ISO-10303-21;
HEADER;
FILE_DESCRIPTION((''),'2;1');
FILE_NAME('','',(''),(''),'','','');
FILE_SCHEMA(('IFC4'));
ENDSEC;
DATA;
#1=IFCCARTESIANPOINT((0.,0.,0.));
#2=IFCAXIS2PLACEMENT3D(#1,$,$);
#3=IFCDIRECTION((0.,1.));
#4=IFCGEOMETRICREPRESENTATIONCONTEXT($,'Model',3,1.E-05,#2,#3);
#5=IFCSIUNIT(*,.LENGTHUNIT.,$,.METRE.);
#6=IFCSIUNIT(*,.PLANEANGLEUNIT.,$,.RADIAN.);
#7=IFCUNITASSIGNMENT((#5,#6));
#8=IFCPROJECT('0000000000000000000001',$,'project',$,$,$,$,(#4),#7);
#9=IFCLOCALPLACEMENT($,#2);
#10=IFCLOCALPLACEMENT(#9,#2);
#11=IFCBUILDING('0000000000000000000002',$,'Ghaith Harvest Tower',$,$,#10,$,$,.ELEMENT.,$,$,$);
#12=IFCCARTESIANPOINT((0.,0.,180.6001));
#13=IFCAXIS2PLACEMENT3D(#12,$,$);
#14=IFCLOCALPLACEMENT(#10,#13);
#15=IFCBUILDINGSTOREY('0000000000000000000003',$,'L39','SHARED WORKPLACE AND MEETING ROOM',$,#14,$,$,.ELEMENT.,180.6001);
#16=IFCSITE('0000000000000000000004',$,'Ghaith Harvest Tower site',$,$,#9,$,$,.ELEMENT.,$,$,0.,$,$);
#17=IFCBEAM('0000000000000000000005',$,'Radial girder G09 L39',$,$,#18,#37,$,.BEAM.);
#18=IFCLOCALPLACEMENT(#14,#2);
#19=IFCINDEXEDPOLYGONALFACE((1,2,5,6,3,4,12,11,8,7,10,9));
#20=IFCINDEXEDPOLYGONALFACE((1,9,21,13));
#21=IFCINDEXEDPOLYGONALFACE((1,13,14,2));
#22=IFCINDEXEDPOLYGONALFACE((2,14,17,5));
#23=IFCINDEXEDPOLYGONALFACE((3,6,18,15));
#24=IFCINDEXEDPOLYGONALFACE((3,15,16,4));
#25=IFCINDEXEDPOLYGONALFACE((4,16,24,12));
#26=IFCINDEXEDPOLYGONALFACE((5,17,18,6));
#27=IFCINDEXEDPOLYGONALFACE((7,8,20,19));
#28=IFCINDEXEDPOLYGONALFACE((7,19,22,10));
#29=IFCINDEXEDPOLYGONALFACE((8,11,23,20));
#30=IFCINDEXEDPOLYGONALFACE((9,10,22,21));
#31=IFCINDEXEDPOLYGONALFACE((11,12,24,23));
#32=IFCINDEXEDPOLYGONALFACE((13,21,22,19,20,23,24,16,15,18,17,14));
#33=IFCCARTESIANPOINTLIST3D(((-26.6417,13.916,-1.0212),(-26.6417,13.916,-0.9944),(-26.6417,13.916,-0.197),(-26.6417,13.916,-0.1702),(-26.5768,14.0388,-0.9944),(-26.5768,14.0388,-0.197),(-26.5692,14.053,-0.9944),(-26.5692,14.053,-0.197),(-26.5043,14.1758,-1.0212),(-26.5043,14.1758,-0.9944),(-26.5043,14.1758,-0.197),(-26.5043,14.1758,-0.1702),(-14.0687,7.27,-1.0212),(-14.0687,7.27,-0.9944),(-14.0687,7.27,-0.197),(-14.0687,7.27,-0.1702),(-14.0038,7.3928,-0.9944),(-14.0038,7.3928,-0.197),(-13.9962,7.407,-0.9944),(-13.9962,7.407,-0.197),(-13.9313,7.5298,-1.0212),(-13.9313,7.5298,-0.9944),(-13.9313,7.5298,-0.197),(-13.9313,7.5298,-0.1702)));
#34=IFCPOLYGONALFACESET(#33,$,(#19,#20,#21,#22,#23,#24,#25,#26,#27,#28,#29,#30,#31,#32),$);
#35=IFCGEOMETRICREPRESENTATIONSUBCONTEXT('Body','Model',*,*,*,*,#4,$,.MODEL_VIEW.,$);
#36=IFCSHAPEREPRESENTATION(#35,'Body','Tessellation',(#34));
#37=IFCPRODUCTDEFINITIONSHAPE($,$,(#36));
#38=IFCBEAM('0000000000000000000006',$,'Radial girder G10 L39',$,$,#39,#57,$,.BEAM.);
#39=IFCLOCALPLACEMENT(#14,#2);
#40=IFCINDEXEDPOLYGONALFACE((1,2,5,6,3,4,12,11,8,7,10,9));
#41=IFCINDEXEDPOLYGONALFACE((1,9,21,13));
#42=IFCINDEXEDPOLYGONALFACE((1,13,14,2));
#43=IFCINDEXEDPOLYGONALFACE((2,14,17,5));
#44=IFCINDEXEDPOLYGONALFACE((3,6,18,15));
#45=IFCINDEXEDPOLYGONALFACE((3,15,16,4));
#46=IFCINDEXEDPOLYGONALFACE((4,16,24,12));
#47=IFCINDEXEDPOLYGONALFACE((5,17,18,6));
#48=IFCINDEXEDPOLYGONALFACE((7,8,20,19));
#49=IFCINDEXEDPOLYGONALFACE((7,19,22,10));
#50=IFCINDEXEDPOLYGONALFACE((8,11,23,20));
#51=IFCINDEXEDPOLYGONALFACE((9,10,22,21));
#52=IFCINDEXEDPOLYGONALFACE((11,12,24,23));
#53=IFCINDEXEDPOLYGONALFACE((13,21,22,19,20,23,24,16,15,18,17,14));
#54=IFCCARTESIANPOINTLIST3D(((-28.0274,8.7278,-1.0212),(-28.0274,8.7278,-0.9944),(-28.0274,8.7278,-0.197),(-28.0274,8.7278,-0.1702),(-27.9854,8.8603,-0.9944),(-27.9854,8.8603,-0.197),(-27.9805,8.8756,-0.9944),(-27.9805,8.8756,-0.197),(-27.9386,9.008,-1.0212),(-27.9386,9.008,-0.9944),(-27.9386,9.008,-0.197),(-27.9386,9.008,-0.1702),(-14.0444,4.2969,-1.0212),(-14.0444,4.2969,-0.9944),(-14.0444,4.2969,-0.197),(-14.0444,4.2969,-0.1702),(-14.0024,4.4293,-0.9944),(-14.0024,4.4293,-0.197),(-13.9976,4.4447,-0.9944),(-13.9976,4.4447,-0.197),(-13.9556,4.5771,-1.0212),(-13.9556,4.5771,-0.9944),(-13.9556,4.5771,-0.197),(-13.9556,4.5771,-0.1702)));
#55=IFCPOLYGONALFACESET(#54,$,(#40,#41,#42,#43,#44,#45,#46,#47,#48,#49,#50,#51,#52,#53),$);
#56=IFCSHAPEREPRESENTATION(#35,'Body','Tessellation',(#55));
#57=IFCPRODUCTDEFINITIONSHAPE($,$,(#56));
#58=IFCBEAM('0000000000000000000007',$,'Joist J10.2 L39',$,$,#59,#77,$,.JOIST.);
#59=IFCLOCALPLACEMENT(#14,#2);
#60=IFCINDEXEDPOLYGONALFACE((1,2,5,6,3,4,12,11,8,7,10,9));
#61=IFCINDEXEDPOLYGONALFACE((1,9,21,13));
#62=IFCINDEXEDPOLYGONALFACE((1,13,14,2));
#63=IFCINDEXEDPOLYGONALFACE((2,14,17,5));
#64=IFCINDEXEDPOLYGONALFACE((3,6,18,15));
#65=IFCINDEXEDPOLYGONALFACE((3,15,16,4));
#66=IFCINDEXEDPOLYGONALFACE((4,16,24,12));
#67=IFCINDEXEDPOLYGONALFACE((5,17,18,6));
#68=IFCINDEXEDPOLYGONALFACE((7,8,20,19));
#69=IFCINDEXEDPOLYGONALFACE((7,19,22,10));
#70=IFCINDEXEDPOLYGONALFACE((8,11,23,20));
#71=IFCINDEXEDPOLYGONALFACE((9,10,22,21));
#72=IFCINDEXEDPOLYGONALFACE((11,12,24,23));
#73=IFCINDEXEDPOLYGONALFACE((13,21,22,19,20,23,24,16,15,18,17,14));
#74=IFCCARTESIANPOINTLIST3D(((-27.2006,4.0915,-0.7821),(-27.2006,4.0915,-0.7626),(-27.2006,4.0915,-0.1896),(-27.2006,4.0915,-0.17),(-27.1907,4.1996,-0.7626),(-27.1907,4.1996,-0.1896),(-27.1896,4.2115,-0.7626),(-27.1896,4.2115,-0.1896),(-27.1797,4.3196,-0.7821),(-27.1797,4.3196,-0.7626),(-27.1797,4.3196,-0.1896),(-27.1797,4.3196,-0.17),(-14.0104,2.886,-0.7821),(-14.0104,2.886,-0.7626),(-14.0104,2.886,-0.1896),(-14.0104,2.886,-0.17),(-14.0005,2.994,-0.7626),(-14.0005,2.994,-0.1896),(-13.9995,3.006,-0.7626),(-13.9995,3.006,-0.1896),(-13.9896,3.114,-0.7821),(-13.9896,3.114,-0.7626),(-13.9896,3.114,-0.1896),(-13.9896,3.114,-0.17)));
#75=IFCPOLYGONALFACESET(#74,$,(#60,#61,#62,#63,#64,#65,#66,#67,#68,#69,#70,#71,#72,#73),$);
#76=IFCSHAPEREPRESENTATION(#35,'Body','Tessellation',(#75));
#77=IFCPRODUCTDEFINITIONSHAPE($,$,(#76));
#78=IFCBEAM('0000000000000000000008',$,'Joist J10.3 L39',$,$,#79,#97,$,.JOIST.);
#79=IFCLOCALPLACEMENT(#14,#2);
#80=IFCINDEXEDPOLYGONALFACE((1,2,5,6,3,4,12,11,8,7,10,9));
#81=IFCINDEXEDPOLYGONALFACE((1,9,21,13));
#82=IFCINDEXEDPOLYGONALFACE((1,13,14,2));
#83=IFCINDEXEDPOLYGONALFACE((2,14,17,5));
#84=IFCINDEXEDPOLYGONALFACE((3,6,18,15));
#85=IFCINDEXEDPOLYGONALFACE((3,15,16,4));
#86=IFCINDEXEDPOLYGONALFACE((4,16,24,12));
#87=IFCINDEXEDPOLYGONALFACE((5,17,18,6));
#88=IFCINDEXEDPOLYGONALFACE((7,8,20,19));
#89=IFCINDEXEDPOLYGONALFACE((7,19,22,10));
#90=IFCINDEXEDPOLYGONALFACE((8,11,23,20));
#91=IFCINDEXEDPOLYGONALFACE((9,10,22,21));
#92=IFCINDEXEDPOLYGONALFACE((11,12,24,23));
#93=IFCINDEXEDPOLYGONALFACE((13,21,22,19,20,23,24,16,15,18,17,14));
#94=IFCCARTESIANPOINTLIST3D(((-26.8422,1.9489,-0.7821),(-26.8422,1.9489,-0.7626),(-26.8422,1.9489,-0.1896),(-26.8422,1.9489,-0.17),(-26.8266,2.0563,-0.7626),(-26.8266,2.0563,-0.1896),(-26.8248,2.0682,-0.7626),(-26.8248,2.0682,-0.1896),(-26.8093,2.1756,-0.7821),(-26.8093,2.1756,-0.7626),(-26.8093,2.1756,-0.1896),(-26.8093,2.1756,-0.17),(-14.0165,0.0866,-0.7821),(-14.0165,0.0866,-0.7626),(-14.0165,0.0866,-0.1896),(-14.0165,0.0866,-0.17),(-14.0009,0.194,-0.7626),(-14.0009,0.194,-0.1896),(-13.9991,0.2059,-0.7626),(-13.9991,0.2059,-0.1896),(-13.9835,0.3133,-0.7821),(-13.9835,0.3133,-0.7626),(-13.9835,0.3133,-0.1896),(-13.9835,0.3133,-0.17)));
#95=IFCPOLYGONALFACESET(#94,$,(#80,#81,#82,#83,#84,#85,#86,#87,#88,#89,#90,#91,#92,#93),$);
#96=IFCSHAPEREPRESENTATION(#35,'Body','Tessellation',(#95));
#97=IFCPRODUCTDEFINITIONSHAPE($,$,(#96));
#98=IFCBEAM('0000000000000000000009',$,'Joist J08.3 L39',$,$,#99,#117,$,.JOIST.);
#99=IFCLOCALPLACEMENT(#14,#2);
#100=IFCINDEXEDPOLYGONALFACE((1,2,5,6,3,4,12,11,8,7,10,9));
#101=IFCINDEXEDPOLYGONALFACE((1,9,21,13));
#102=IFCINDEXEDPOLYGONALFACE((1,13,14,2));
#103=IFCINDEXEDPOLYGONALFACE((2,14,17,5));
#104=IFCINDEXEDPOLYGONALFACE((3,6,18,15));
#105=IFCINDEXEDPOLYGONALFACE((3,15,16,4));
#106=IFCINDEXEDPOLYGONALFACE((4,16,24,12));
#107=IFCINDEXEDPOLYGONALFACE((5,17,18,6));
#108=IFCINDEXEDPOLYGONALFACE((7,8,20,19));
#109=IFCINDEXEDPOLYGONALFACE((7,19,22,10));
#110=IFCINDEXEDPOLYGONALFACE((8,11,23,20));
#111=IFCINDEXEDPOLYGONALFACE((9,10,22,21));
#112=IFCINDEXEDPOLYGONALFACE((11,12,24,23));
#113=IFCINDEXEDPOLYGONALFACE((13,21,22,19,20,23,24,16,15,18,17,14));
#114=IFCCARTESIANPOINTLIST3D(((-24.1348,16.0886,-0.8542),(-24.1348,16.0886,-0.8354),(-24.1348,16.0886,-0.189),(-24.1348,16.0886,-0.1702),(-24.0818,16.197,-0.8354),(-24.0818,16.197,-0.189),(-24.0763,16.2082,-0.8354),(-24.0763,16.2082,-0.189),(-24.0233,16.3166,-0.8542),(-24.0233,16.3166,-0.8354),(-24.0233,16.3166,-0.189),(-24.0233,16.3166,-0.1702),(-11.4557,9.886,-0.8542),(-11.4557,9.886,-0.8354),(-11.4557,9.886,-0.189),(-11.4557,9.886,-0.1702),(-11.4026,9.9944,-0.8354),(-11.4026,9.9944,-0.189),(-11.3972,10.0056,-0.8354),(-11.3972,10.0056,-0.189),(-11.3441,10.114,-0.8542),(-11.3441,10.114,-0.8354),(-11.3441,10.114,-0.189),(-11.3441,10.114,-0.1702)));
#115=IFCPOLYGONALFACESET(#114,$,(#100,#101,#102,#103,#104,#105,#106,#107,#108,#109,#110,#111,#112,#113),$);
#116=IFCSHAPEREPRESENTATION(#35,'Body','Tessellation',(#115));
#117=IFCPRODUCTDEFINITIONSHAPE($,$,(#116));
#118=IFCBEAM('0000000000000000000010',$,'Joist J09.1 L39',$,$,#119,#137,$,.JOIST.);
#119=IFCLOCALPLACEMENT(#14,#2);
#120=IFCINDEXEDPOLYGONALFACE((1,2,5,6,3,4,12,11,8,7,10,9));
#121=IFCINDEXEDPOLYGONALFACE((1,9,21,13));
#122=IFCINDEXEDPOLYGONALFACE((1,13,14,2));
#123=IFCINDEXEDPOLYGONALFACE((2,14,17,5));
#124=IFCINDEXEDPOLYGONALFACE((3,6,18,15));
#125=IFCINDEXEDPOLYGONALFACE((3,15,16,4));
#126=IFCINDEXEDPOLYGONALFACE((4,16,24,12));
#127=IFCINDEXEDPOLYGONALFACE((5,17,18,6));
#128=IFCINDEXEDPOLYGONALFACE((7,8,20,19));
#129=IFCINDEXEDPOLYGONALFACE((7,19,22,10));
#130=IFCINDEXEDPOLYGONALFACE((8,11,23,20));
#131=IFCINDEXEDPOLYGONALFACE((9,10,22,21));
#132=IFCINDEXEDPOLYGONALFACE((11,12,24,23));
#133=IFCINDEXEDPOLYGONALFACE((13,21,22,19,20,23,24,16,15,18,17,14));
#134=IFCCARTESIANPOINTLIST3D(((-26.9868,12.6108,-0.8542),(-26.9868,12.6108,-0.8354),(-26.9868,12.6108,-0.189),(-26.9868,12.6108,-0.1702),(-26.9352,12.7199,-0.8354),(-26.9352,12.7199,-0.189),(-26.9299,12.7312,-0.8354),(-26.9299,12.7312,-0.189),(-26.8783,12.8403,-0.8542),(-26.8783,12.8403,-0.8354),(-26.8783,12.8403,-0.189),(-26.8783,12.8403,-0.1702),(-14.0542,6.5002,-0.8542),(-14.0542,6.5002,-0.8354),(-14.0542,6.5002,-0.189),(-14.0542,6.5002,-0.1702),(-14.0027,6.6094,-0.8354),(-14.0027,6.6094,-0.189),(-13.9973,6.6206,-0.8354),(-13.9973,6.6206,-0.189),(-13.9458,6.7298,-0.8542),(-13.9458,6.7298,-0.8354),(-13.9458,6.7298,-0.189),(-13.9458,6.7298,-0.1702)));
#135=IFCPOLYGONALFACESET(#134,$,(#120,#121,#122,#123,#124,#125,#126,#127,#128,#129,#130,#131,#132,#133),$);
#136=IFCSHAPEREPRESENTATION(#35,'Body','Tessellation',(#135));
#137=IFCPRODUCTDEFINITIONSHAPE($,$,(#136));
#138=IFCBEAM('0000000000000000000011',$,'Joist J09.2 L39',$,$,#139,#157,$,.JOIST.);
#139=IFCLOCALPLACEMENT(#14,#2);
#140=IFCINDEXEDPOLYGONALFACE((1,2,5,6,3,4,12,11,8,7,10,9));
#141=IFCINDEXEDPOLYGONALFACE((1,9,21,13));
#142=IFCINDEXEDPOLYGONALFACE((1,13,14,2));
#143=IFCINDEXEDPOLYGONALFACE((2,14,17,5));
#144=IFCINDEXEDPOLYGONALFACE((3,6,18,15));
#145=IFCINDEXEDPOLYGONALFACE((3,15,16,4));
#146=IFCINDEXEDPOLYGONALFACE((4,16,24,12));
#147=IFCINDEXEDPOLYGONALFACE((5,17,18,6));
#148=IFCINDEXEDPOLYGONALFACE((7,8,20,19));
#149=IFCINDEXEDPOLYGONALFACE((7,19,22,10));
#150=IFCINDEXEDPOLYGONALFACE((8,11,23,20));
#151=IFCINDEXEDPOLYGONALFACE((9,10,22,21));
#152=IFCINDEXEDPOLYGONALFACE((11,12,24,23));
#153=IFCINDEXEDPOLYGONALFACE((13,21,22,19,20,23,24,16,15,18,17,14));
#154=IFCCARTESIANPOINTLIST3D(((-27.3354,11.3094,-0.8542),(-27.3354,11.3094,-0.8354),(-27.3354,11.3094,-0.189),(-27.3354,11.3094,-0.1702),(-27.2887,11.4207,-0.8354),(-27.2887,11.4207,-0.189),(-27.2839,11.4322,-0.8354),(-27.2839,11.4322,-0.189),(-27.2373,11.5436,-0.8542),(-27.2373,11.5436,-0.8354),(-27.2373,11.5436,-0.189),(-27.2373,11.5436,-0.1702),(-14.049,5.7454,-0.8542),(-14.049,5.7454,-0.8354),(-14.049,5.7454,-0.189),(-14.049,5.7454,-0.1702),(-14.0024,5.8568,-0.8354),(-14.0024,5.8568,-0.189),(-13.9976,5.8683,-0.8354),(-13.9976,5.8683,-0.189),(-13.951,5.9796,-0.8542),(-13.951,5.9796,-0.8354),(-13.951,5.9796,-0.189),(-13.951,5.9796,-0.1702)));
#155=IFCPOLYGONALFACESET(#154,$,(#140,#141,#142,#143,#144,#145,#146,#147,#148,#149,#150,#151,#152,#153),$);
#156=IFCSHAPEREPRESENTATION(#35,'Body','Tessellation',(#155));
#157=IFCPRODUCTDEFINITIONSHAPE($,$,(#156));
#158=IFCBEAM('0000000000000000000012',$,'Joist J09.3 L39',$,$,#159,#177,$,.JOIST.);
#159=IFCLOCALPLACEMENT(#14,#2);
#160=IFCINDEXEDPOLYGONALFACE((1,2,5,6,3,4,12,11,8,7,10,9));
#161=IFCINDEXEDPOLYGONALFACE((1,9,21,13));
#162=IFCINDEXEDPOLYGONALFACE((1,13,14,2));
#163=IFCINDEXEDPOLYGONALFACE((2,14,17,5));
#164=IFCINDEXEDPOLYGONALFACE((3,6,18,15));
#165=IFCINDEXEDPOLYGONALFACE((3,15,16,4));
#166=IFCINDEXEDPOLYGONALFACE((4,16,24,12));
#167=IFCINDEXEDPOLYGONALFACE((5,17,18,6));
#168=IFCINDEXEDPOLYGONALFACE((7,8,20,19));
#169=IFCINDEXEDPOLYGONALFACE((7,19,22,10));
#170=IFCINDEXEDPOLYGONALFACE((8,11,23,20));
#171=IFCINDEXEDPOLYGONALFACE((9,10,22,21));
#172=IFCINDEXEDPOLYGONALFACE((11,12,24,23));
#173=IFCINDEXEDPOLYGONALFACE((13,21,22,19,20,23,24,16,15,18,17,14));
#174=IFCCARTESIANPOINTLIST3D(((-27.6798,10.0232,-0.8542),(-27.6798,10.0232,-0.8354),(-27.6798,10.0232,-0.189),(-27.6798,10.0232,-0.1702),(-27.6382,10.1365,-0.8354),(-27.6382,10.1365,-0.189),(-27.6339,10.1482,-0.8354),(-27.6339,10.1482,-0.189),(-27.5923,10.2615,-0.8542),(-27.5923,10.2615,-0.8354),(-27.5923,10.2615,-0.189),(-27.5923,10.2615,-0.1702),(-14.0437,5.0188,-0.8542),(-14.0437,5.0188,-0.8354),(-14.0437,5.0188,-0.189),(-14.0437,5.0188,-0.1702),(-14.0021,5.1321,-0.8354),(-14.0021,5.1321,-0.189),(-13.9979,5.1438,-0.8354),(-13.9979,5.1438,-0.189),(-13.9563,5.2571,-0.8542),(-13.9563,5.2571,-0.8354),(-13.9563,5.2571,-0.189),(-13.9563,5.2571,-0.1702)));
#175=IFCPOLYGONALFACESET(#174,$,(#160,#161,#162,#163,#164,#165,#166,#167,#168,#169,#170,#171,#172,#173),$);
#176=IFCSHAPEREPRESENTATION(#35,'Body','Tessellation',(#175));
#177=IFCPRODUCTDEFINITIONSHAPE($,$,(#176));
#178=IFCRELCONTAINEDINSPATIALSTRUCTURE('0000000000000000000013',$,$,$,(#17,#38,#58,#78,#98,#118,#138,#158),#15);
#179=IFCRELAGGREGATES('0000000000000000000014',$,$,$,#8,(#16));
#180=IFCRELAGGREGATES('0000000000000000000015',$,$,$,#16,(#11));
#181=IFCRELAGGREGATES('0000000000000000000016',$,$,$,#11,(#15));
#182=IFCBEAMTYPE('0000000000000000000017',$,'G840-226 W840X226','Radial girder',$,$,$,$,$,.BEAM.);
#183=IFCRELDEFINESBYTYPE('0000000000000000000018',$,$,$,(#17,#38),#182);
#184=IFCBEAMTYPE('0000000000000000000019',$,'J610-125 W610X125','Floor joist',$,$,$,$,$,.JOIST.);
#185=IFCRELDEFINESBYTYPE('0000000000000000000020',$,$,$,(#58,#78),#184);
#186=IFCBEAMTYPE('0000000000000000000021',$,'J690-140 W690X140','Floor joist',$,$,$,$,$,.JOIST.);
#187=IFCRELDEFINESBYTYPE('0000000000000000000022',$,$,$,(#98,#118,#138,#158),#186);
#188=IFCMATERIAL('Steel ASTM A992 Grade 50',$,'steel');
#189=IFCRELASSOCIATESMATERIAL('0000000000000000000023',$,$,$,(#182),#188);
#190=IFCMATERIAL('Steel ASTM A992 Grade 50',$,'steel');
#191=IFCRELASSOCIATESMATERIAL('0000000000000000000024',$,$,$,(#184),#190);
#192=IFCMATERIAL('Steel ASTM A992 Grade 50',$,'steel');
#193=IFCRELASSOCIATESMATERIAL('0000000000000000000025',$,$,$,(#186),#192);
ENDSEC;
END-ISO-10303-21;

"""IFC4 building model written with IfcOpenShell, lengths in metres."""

from ifc_helpers import new_model, si_unit, direction, frame, origin, origin_2d, place, context, subcontext, project, spatial, i_section, extrude, material, material_profile, profile_set, type_object, element, save


model = new_model("IFC4")

# Units and contexts
model_context = context("Model", 3, precision=1e-05, world=origin(), true_north=direction((0.0, 1.0)))
body_context = subcontext(model_context, "Body", "Model", "MODEL_VIEW")
ifc_project = project(units=[si_unit("LENGTHUNIT", "METRE"), si_unit("PLANEANGLEUNIT", "RADIAN")], contexts=[model_context])

# Site, building, storey
site_placement = place(None, origin())
site = spatial("IfcSite", under=ifc_project, at=site_placement, Name="Ghaith Harvest Tower site", CompositionType="ELEMENT", RefElevation=0.0)
building_placement = place(site_placement, origin())
building = spatial("IfcBuilding", under=site, at=building_placement, Name="Ghaith Harvest Tower", CompositionType="ELEMENT")
storey_placement = place(building_placement, frame((0.0, 0.0, 180.6001)))
storey = spatial("IfcBuildingStorey", under=building, at=storey_placement, Name="L39", Description="SHARED WORKPLACE AND MEETING ROOM", CompositionType="ELEMENT", Elevation=180.6001)

# Beams
ifc_material_1 = material(Name="Steel ASTM A992 Grade 50", Category="steel")
ifc_material_profile_1 = material_profile(ifc_material_1, i_section(OverallWidth=0.2939, OverallDepth=0.8511, WebThickness=0.0161, FlangeThickness=0.0269, at=origin_2d()), Name="W840X226")
ifc_profile_set_1 = profile_set([ifc_material_profile_1], Name="Steel ASTM A992 Grade 50")
beam_type_1 = type_object("IfcBeamType", Name="G840-226 W840X226", Description="Radial girder", PredefinedType="BEAM", material=ifc_profile_set_1)
beam_1_placement = place(storey_placement, frame((-14.0, 7.3999, -0.5957), z_axis=(-0.884087, 0.467322, 0.0), x_axis=(-0.467322, -0.884087, 0.0)))
element("IfcBeam", 1, at=beam_1_placement, inside=storey, type_object=beam_type_1, Name="Radial girder G09 L39", PredefinedType="BEAM", context=body_context, shape_type="SweptSolid", body=[
    extrude(i_section(OverallWidth=0.2939, OverallDepth=0.8511, WebThickness=0.0161, FlangeThickness=0.0269, at=origin_2d()), origin(), (0.0, 0.0, 1.0), 14.2214),
])
beam_2_placement = place(storey_placement, frame((-14.0, 4.437, -0.5957), z_axis=(-0.953284, 0.302077, 0.0), x_axis=(-0.302077, -0.953284, 0.0)))
element("IfcBeam", 2, at=beam_2_placement, inside=storey, type_object=beam_type_1, Name="Radial girder G10 L39", PredefinedType="BEAM", context=body_context, shape_type="SweptSolid", body=[
    extrude(i_section(OverallWidth=0.2939, OverallDepth=0.8511, WebThickness=0.0161, FlangeThickness=0.0269, at=origin_2d()), origin(), (0.0, 0.0, 1.0), 14.6682),
])
ifc_material_2 = material(Name="Steel ASTM A992 Grade 50", Category="steel")
ifc_material_profile_2 = material_profile(ifc_material_2, i_section(OverallWidth=0.229, OverallDepth=0.6121, WebThickness=0.012, FlangeThickness=0.0195, at=origin_2d()), Name="W610X125")
ifc_profile_set_2 = profile_set([ifc_material_profile_2], Name="Steel ASTM A992 Grade 50")
beam_type_2 = type_object("IfcBeamType", Name="J610-125 W610X125", Description="Floor joist", PredefinedType="JOIST", material=ifc_profile_set_2)
beam_3_placement = place(storey_placement, frame((-14.0, 3.0, -0.4761), z_axis=(-0.995849, 0.091019, 0.0), x_axis=(-0.091019, -0.995849, 0.0)))
element("IfcBeam", 3, at=beam_3_placement, inside=storey, type_object=beam_type_2, Name="Joist J10.2 L39", PredefinedType="JOIST", context=body_context, shape_type="SweptSolid", body=[
    extrude(i_section(OverallWidth=0.229, OverallDepth=0.6121, WebThickness=0.012, FlangeThickness=0.0195, at=origin_2d()), origin(), (0.0, 0.0, 1.0), 13.2451),
])
beam_4_placement = place(storey_placement, frame((-14.0, 0.2, -0.4761), z_axis=(-0.989622, 0.143694, 0.0), x_axis=(-0.143694, -0.989622, 0.0)))
element("IfcBeam", 4, at=beam_4_placement, inside=storey, type_object=beam_type_2, Name="Joist J10.3 L39", PredefinedType="JOIST", context=body_context, shape_type="SweptSolid", body=[
    extrude(i_section(OverallWidth=0.229, OverallDepth=0.6121, WebThickness=0.012, FlangeThickness=0.0195, at=origin_2d()), origin(), (0.0, 0.0, 1.0), 12.9602),
])
ifc_material_3 = material(Name="Steel ASTM A992 Grade 50", Category="steel")
ifc_material_profile_3 = material_profile(ifc_material_3, i_section(OverallWidth=0.2539, OverallDepth=0.6841, WebThickness=0.0125, FlangeThickness=0.0188, at=origin_2d()), Name="W690X140")
ifc_profile_set_3 = profile_set([ifc_material_profile_3], Name="Steel ASTM A992 Grade 50")
beam_type_3 = type_object("IfcBeamType", Name="J690-140 W690X140", Description="Floor joist", PredefinedType="JOIST", material=ifc_profile_set_3)
beam_5_placement = place(storey_placement, frame((-11.3999, 10.0, -0.5122), z_axis=(-0.898275, 0.439434, 0.0), x_axis=(-0.439434, -0.898275, 0.0)))
element("IfcBeam", 5, at=beam_5_placement, inside=storey, type_object=beam_type_3, Name="Joist J08.3 L39", PredefinedType="JOIST", context=body_context, shape_type="SweptSolid", body=[
    extrude(i_section(OverallWidth=0.2539, OverallDepth=0.6841, WebThickness=0.0125, FlangeThickness=0.0188, at=origin_2d()), origin(), (0.0, 0.0, 1.0), 14.115),
])
beam_6_placement = place(storey_placement, frame((-14.0, 6.615, -0.5122), z_axis=(-0.904153, 0.427208, 0.0), x_axis=(-0.427208, -0.904153, 0.0)))
element("IfcBeam", 6, at=beam_6_placement, inside=storey, type_object=beam_type_3, Name="Joist J09.1 L39", PredefinedType="JOIST", context=body_context, shape_type="SweptSolid", body=[
    extrude(i_section(OverallWidth=0.2539, OverallDepth=0.6841, WebThickness=0.0125, FlangeThickness=0.0188, at=origin_2d()), origin(), (0.0, 0.0, 1.0), 14.3035),
])
beam_7_placement = place(storey_placement, frame((-14.0, 5.8625, -0.5122), z_axis=(-0.922386, 0.38627, 0.0), x_axis=(-0.38627, -0.922386, 0.0)))
element("IfcBeam", 7, at=beam_7_placement, inside=storey, type_object=beam_type_3, Name="Joist J09.2 L39", PredefinedType="JOIST", context=body_context, shape_type="SweptSolid", body=[
    extrude(i_section(OverallWidth=0.2539, OverallDepth=0.6841, WebThickness=0.0125, FlangeThickness=0.0188, at=origin_2d()), origin(), (0.0, 0.0, 1.0), 14.4043),
])
beam_8_placement = place(storey_placement, frame((-14.0, 5.1379, -0.5122), z_axis=(-0.938775, 0.34453, 0.0), x_axis=(-0.34453, -0.938775, 0.0)))
element("IfcBeam", 8, at=beam_8_placement, inside=storey, type_object=beam_type_3, Name="Joist J09.3 L39", PredefinedType="JOIST", context=body_context, shape_type="SweptSolid", body=[
    extrude(i_section(OverallWidth=0.2539, OverallDepth=0.6841, WebThickness=0.0125, FlangeThickness=0.0188, at=origin_2d()), origin(), (0.0, 0.0, 1.0), 14.5254),
])

save(model, "model.ifc")
